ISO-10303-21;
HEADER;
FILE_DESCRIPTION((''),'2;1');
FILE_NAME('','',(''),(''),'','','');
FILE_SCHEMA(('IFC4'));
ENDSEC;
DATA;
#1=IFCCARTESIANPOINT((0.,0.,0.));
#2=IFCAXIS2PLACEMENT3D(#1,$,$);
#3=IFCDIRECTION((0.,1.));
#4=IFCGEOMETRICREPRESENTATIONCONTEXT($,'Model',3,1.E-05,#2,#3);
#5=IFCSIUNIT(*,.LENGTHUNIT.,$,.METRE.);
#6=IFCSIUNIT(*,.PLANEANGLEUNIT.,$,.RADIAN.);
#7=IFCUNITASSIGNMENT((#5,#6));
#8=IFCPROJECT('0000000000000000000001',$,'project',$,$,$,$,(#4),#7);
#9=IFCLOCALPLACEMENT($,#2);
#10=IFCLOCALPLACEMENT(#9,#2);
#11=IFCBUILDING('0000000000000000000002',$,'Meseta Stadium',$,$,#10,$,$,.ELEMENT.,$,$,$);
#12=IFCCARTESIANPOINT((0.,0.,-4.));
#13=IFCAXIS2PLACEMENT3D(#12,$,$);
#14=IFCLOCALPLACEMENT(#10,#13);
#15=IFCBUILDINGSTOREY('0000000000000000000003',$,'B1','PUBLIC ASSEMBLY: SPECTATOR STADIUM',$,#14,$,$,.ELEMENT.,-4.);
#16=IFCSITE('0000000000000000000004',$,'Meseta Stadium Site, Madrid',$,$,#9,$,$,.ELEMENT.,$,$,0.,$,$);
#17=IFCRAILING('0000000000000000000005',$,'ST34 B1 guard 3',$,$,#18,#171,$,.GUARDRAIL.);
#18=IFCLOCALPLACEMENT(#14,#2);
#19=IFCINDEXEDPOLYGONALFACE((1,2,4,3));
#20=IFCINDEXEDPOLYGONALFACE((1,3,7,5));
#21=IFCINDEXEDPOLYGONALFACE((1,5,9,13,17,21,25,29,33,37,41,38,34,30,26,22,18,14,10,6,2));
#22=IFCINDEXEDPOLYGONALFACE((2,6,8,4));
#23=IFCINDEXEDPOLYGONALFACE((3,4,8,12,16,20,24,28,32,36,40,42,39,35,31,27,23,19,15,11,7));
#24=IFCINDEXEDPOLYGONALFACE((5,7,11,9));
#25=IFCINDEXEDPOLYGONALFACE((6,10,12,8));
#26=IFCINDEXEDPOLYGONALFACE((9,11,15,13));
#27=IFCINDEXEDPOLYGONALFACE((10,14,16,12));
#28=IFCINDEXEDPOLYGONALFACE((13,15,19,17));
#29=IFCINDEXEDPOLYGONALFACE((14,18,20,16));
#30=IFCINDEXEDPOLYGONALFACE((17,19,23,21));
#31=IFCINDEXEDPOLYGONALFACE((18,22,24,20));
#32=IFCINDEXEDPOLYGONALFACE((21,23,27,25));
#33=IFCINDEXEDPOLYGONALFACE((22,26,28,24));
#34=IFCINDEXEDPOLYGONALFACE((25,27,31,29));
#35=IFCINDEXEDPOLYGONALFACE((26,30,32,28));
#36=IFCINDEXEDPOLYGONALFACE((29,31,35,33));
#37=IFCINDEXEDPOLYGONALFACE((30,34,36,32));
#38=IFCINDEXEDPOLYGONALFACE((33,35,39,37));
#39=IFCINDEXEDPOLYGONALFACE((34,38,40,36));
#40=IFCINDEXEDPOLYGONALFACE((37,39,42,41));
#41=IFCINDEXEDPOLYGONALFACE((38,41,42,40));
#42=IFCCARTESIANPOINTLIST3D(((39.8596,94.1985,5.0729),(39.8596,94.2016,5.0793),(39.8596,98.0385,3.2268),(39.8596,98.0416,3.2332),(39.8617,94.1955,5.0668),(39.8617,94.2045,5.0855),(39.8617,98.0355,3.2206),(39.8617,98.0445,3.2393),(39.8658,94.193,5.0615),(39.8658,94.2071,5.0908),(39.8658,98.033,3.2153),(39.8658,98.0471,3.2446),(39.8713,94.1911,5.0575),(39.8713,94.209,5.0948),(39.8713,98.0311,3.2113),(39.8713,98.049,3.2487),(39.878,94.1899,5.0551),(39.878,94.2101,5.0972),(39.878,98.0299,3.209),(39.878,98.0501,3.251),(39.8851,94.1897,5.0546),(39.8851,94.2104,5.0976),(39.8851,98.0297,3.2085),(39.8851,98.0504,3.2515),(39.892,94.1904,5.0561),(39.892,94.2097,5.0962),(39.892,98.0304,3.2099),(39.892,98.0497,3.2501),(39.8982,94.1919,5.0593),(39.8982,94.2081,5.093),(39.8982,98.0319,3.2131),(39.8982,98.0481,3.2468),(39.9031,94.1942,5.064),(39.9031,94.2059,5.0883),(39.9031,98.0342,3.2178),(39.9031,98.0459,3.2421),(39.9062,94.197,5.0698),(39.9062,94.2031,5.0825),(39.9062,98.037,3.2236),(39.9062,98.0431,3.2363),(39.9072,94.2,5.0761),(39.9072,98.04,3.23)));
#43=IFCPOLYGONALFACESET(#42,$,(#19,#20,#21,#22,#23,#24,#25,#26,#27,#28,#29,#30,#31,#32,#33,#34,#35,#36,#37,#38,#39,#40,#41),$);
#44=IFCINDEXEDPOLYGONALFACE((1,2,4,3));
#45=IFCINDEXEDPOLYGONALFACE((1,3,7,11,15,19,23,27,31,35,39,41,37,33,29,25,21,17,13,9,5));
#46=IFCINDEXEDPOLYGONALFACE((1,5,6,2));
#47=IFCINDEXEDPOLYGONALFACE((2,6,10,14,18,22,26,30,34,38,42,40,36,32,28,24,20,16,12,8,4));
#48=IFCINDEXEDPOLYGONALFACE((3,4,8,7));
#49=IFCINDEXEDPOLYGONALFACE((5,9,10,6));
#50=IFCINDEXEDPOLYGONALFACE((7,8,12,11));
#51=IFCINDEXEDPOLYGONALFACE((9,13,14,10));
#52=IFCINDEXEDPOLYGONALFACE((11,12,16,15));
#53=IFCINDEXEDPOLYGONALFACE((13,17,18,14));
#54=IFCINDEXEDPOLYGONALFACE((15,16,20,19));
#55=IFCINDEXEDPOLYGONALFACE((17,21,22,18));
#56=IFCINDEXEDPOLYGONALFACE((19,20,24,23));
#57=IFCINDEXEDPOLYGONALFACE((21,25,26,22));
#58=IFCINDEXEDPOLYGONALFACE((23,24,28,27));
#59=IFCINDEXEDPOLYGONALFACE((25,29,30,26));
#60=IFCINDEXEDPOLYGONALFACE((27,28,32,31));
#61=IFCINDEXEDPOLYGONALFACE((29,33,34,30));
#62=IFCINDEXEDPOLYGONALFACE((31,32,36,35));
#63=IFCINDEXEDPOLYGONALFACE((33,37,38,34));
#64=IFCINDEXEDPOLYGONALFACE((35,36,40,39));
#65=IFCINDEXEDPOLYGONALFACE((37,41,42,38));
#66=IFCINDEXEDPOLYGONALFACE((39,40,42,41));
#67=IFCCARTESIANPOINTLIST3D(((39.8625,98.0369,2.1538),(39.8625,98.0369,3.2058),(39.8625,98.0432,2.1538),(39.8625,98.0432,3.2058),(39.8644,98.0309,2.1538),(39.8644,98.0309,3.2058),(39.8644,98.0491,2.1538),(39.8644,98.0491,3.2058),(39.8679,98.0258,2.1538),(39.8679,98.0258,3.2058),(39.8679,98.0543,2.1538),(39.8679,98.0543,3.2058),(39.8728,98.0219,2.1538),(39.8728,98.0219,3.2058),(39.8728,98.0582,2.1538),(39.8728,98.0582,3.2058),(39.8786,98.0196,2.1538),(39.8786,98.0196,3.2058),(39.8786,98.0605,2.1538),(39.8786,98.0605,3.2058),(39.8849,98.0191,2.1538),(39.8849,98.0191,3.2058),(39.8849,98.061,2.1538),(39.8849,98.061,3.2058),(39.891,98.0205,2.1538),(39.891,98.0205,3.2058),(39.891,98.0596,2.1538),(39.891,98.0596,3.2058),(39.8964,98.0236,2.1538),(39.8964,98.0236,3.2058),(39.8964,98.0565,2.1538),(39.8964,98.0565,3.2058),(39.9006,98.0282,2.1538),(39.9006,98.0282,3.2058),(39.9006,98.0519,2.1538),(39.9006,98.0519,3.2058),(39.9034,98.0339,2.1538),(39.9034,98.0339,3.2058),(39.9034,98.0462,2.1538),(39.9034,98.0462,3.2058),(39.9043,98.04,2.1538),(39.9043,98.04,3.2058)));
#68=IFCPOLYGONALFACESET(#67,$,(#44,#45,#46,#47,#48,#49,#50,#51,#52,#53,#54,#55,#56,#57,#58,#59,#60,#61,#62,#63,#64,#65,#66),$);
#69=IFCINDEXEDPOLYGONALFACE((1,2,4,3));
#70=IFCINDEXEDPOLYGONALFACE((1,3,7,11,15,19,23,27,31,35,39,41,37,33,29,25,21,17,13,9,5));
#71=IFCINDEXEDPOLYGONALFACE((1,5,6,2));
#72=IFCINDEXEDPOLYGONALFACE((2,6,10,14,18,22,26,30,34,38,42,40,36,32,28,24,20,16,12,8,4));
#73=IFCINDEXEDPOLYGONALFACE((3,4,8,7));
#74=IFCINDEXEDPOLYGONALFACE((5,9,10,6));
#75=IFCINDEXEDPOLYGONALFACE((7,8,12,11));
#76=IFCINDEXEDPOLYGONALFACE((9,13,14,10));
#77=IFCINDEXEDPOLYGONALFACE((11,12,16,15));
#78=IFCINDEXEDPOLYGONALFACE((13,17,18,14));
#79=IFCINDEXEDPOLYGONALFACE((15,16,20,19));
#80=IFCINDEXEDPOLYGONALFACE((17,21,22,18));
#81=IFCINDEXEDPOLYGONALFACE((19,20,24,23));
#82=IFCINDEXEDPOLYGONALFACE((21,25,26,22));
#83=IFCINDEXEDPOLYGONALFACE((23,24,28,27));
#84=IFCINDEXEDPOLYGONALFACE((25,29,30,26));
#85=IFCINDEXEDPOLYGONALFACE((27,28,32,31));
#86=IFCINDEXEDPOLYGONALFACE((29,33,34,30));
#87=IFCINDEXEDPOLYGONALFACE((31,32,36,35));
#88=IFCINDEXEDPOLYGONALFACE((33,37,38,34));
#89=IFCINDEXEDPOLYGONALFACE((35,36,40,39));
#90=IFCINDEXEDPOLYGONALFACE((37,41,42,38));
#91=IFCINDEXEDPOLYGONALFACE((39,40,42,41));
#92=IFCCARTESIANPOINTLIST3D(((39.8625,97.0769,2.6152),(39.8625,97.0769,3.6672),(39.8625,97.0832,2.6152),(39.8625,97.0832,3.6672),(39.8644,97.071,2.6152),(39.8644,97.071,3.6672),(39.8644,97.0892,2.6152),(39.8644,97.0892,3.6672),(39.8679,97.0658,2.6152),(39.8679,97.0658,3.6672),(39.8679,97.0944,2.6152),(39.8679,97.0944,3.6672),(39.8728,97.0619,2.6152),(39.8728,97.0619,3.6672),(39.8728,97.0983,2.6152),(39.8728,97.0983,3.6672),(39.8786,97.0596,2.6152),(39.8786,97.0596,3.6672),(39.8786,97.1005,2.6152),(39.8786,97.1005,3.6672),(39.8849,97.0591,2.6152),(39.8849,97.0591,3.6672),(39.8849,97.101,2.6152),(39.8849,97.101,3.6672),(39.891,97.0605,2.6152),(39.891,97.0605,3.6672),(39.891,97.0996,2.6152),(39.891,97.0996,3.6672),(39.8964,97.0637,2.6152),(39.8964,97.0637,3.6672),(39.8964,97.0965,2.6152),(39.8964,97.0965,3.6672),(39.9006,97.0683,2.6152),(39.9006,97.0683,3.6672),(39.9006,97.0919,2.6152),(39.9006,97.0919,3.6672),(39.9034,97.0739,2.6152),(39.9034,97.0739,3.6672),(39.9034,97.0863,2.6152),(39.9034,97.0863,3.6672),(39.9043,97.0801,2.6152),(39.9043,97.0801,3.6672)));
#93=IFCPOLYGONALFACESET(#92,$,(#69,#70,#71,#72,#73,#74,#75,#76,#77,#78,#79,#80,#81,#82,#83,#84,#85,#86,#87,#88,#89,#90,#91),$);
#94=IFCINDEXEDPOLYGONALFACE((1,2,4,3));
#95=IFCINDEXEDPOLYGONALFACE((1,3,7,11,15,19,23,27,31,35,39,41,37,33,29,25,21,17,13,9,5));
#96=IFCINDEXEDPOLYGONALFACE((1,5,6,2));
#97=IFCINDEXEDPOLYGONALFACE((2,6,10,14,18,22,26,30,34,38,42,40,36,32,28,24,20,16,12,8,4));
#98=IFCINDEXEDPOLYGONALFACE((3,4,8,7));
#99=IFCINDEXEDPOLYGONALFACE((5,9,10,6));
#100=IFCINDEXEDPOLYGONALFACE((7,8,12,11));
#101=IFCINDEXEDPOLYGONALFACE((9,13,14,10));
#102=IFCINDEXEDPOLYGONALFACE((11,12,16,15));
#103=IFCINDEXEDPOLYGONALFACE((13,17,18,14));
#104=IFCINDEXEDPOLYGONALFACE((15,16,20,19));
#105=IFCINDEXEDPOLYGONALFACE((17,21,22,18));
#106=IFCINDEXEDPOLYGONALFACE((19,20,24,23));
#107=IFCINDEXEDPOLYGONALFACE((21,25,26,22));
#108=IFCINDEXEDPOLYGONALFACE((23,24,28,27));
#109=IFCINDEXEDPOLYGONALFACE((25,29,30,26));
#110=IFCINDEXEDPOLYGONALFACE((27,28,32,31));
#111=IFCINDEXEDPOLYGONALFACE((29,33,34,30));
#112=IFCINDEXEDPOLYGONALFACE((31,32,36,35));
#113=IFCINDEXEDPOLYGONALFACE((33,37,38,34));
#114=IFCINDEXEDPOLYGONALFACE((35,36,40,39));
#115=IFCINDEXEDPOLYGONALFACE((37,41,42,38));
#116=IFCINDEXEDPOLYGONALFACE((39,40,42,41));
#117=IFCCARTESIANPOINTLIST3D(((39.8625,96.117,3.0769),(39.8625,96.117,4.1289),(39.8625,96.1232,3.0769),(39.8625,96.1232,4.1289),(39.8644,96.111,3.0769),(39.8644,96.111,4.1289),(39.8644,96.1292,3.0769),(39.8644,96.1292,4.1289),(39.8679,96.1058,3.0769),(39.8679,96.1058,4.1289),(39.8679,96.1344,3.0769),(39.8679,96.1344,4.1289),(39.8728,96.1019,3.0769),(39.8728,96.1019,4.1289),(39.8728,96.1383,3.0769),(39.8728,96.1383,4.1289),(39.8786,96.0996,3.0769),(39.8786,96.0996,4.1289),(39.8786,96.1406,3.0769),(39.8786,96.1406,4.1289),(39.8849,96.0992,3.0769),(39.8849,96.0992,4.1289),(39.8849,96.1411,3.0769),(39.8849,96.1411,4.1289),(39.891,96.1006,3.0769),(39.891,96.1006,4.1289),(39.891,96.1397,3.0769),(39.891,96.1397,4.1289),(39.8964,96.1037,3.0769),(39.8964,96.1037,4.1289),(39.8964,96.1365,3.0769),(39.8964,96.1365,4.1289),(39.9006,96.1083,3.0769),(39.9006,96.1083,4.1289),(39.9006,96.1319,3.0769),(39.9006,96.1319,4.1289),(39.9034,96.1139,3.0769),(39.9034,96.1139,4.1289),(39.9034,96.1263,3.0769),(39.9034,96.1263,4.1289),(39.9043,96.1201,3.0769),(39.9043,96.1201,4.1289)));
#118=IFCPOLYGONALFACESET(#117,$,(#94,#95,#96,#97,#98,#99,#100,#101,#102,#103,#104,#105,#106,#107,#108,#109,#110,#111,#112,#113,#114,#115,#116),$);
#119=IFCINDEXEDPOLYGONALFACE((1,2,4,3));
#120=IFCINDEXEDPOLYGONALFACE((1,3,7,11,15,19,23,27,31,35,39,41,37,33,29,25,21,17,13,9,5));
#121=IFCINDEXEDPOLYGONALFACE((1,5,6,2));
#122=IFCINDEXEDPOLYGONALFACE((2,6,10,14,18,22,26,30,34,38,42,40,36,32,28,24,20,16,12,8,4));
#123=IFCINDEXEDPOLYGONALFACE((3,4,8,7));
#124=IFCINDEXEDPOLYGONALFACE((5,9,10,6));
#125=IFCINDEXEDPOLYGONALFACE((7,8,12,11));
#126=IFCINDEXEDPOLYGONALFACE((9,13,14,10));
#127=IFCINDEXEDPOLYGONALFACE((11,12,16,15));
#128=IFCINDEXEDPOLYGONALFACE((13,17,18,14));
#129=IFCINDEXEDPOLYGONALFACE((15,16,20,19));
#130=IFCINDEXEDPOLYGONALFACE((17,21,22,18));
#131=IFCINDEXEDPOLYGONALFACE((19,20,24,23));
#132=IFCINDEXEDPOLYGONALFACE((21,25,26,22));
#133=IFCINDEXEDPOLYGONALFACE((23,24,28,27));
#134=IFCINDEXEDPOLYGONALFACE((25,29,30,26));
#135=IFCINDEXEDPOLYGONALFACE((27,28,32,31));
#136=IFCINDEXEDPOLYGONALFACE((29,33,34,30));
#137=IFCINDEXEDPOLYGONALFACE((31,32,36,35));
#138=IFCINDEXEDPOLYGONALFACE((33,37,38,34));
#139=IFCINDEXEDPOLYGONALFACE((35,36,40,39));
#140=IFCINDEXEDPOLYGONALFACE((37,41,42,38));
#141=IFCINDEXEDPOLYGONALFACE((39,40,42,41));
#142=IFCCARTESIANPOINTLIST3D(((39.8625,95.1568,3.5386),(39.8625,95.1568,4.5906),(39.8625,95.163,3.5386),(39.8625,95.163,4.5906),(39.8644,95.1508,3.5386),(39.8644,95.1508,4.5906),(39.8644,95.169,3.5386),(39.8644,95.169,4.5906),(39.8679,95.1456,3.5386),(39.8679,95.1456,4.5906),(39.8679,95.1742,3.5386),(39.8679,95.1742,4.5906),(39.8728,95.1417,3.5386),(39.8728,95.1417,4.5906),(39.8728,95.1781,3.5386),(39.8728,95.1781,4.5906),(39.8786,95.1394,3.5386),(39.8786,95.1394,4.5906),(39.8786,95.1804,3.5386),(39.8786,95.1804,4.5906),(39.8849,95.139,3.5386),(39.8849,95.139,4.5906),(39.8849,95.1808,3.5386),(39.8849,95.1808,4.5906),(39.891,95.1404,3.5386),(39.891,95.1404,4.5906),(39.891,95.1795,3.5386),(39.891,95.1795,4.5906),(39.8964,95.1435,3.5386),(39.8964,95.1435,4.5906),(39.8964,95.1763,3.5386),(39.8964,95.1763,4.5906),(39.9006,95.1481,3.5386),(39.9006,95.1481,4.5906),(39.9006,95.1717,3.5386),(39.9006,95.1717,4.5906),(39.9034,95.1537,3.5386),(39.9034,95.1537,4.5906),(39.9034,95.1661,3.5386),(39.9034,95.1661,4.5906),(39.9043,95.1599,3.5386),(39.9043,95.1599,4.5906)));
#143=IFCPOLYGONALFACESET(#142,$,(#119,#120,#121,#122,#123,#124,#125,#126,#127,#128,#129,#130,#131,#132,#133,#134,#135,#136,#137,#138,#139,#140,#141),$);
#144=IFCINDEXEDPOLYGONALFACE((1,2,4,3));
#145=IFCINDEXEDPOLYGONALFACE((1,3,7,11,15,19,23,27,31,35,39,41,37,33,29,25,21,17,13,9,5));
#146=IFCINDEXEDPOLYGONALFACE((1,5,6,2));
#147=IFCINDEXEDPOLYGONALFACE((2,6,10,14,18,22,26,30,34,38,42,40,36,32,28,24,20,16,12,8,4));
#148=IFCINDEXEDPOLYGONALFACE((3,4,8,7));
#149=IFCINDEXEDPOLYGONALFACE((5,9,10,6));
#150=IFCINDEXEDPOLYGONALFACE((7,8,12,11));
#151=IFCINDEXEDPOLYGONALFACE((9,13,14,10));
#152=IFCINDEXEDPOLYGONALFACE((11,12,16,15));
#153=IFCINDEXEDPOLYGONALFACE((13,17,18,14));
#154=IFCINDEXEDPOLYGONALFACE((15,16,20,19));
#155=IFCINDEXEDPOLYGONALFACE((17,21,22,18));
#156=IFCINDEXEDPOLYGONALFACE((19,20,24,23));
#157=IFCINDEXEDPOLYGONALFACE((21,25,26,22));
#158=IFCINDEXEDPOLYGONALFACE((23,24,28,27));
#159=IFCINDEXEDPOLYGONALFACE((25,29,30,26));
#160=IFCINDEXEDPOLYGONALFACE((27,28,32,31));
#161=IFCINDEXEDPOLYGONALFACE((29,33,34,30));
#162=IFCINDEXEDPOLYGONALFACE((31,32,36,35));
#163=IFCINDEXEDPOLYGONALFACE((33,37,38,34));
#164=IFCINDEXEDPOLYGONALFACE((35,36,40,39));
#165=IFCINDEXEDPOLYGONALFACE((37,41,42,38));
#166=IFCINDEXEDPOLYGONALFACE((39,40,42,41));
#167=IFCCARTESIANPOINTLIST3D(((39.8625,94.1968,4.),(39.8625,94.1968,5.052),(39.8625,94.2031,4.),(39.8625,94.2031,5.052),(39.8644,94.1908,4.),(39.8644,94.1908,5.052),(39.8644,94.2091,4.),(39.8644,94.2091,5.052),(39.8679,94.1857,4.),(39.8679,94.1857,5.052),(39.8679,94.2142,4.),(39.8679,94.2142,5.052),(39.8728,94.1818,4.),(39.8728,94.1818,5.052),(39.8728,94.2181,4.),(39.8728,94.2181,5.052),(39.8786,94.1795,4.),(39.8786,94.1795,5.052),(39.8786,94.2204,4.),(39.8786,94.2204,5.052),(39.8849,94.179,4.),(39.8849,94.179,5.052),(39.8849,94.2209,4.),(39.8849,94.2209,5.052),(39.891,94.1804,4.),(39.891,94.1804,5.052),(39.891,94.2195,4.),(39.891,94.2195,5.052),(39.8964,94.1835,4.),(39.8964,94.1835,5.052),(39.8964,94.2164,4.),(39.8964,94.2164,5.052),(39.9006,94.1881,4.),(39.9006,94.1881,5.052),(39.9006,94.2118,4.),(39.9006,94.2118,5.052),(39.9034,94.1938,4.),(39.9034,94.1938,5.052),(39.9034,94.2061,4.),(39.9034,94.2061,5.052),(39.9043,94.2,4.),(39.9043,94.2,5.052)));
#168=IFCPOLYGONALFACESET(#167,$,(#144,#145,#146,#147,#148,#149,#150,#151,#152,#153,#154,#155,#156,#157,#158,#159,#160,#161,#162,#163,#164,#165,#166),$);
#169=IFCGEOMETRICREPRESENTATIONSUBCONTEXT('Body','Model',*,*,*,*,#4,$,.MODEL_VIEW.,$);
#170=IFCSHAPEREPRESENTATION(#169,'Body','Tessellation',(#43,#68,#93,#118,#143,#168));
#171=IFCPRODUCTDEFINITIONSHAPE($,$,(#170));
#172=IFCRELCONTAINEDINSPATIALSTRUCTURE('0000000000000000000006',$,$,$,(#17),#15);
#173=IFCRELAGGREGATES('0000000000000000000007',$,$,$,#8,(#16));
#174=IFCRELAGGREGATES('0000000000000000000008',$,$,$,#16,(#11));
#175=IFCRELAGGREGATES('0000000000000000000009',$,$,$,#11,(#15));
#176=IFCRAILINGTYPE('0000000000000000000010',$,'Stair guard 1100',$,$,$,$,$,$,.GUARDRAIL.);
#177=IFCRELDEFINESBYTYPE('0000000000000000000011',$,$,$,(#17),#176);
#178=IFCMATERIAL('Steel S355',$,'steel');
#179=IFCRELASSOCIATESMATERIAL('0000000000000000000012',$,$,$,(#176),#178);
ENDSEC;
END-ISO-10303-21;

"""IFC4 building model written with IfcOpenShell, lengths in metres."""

from ifc_helpers import new_model, si_unit, direction, frame, origin, origin_2d, place, context, subcontext, project, spatial, circle, extrude, material, type_object, element, save


model = new_model("IFC4")

# Units and contexts
model_context = context("Model", 3, precision=1e-05, world=origin(), true_north=direction((0.0, 1.0)))
body_context = subcontext(model_context, "Body", "Model", "MODEL_VIEW")
ifc_project = project(units=[si_unit("LENGTHUNIT", "METRE"), si_unit("PLANEANGLEUNIT", "RADIAN")], contexts=[model_context])

# Site, building, storey
site_placement = place(None, origin())
site = spatial("IfcSite", under=ifc_project, at=site_placement, Name="Meseta Stadium Site, Madrid", CompositionType="ELEMENT", RefElevation=0.0)
building_placement = place(site_placement, origin())
building = spatial("IfcBuilding", under=site, at=building_placement, Name="Meseta Stadium", CompositionType="ELEMENT")
storey_placement = place(building_placement, frame((0.0, 0.0, -4.0)))
storey = spatial("IfcBuildingStorey", under=building, at=storey_placement, Name="B1", Description="PUBLIC ASSEMBLY: SPECTATOR STADIUM", CompositionType="ELEMENT", Elevation=-4.0)

# Railing
ifc_material_1 = material(Name="Steel S355", Category="steel")
railing_type_1 = type_object("IfcRailingType", Name="Stair guard 1100", PredefinedType="GUARDRAIL", material=ifc_material_1)
railing_1_placement = place(storey_placement, frame((39.8833, 98.04, 2.1538)))
element("IfcRailing", 1, at=railing_1_placement, inside=storey, type_object=railing_type_1, Name="ST34 B1 guard 3", PredefinedType="GUARDRAIL", context=body_context, shape_type="SweptSolid", body=[
    extrude(circle(Radius=0.0239, at=origin_2d()), frame((0.0, 0.0, 1.0762), z_axis=(0.0, -0.901253, 0.433294), x_axis=(1.0, 0.0, 0.0)), (0.0, 0.0, 1.0), 4.2607),
    extrude(circle(Radius=0.021, at=origin_2d()), origin(), (0.0, 0.0, 1.0), 1.052),
    extrude(circle(Radius=0.021, at=origin_2d()), frame((0.0, -0.96, 0.4614)), (0.0, 0.0, 1.0), 1.052),
    extrude(circle(Radius=0.021, at=origin_2d()), frame((0.0, -1.9199, 0.9231)), (0.0, 0.0, 1.0), 1.052),
    extrude(circle(Radius=0.021, at=origin_2d()), frame((0.0, -2.8801, 1.3848)), (0.0, 0.0, 1.0), 1.052),
    extrude(circle(Radius=0.021, at=origin_2d()), frame((0.0, -3.8401, 1.8462)), (0.0, 0.0, 1.0), 1.052),
])

save(model, "model.ifc")
